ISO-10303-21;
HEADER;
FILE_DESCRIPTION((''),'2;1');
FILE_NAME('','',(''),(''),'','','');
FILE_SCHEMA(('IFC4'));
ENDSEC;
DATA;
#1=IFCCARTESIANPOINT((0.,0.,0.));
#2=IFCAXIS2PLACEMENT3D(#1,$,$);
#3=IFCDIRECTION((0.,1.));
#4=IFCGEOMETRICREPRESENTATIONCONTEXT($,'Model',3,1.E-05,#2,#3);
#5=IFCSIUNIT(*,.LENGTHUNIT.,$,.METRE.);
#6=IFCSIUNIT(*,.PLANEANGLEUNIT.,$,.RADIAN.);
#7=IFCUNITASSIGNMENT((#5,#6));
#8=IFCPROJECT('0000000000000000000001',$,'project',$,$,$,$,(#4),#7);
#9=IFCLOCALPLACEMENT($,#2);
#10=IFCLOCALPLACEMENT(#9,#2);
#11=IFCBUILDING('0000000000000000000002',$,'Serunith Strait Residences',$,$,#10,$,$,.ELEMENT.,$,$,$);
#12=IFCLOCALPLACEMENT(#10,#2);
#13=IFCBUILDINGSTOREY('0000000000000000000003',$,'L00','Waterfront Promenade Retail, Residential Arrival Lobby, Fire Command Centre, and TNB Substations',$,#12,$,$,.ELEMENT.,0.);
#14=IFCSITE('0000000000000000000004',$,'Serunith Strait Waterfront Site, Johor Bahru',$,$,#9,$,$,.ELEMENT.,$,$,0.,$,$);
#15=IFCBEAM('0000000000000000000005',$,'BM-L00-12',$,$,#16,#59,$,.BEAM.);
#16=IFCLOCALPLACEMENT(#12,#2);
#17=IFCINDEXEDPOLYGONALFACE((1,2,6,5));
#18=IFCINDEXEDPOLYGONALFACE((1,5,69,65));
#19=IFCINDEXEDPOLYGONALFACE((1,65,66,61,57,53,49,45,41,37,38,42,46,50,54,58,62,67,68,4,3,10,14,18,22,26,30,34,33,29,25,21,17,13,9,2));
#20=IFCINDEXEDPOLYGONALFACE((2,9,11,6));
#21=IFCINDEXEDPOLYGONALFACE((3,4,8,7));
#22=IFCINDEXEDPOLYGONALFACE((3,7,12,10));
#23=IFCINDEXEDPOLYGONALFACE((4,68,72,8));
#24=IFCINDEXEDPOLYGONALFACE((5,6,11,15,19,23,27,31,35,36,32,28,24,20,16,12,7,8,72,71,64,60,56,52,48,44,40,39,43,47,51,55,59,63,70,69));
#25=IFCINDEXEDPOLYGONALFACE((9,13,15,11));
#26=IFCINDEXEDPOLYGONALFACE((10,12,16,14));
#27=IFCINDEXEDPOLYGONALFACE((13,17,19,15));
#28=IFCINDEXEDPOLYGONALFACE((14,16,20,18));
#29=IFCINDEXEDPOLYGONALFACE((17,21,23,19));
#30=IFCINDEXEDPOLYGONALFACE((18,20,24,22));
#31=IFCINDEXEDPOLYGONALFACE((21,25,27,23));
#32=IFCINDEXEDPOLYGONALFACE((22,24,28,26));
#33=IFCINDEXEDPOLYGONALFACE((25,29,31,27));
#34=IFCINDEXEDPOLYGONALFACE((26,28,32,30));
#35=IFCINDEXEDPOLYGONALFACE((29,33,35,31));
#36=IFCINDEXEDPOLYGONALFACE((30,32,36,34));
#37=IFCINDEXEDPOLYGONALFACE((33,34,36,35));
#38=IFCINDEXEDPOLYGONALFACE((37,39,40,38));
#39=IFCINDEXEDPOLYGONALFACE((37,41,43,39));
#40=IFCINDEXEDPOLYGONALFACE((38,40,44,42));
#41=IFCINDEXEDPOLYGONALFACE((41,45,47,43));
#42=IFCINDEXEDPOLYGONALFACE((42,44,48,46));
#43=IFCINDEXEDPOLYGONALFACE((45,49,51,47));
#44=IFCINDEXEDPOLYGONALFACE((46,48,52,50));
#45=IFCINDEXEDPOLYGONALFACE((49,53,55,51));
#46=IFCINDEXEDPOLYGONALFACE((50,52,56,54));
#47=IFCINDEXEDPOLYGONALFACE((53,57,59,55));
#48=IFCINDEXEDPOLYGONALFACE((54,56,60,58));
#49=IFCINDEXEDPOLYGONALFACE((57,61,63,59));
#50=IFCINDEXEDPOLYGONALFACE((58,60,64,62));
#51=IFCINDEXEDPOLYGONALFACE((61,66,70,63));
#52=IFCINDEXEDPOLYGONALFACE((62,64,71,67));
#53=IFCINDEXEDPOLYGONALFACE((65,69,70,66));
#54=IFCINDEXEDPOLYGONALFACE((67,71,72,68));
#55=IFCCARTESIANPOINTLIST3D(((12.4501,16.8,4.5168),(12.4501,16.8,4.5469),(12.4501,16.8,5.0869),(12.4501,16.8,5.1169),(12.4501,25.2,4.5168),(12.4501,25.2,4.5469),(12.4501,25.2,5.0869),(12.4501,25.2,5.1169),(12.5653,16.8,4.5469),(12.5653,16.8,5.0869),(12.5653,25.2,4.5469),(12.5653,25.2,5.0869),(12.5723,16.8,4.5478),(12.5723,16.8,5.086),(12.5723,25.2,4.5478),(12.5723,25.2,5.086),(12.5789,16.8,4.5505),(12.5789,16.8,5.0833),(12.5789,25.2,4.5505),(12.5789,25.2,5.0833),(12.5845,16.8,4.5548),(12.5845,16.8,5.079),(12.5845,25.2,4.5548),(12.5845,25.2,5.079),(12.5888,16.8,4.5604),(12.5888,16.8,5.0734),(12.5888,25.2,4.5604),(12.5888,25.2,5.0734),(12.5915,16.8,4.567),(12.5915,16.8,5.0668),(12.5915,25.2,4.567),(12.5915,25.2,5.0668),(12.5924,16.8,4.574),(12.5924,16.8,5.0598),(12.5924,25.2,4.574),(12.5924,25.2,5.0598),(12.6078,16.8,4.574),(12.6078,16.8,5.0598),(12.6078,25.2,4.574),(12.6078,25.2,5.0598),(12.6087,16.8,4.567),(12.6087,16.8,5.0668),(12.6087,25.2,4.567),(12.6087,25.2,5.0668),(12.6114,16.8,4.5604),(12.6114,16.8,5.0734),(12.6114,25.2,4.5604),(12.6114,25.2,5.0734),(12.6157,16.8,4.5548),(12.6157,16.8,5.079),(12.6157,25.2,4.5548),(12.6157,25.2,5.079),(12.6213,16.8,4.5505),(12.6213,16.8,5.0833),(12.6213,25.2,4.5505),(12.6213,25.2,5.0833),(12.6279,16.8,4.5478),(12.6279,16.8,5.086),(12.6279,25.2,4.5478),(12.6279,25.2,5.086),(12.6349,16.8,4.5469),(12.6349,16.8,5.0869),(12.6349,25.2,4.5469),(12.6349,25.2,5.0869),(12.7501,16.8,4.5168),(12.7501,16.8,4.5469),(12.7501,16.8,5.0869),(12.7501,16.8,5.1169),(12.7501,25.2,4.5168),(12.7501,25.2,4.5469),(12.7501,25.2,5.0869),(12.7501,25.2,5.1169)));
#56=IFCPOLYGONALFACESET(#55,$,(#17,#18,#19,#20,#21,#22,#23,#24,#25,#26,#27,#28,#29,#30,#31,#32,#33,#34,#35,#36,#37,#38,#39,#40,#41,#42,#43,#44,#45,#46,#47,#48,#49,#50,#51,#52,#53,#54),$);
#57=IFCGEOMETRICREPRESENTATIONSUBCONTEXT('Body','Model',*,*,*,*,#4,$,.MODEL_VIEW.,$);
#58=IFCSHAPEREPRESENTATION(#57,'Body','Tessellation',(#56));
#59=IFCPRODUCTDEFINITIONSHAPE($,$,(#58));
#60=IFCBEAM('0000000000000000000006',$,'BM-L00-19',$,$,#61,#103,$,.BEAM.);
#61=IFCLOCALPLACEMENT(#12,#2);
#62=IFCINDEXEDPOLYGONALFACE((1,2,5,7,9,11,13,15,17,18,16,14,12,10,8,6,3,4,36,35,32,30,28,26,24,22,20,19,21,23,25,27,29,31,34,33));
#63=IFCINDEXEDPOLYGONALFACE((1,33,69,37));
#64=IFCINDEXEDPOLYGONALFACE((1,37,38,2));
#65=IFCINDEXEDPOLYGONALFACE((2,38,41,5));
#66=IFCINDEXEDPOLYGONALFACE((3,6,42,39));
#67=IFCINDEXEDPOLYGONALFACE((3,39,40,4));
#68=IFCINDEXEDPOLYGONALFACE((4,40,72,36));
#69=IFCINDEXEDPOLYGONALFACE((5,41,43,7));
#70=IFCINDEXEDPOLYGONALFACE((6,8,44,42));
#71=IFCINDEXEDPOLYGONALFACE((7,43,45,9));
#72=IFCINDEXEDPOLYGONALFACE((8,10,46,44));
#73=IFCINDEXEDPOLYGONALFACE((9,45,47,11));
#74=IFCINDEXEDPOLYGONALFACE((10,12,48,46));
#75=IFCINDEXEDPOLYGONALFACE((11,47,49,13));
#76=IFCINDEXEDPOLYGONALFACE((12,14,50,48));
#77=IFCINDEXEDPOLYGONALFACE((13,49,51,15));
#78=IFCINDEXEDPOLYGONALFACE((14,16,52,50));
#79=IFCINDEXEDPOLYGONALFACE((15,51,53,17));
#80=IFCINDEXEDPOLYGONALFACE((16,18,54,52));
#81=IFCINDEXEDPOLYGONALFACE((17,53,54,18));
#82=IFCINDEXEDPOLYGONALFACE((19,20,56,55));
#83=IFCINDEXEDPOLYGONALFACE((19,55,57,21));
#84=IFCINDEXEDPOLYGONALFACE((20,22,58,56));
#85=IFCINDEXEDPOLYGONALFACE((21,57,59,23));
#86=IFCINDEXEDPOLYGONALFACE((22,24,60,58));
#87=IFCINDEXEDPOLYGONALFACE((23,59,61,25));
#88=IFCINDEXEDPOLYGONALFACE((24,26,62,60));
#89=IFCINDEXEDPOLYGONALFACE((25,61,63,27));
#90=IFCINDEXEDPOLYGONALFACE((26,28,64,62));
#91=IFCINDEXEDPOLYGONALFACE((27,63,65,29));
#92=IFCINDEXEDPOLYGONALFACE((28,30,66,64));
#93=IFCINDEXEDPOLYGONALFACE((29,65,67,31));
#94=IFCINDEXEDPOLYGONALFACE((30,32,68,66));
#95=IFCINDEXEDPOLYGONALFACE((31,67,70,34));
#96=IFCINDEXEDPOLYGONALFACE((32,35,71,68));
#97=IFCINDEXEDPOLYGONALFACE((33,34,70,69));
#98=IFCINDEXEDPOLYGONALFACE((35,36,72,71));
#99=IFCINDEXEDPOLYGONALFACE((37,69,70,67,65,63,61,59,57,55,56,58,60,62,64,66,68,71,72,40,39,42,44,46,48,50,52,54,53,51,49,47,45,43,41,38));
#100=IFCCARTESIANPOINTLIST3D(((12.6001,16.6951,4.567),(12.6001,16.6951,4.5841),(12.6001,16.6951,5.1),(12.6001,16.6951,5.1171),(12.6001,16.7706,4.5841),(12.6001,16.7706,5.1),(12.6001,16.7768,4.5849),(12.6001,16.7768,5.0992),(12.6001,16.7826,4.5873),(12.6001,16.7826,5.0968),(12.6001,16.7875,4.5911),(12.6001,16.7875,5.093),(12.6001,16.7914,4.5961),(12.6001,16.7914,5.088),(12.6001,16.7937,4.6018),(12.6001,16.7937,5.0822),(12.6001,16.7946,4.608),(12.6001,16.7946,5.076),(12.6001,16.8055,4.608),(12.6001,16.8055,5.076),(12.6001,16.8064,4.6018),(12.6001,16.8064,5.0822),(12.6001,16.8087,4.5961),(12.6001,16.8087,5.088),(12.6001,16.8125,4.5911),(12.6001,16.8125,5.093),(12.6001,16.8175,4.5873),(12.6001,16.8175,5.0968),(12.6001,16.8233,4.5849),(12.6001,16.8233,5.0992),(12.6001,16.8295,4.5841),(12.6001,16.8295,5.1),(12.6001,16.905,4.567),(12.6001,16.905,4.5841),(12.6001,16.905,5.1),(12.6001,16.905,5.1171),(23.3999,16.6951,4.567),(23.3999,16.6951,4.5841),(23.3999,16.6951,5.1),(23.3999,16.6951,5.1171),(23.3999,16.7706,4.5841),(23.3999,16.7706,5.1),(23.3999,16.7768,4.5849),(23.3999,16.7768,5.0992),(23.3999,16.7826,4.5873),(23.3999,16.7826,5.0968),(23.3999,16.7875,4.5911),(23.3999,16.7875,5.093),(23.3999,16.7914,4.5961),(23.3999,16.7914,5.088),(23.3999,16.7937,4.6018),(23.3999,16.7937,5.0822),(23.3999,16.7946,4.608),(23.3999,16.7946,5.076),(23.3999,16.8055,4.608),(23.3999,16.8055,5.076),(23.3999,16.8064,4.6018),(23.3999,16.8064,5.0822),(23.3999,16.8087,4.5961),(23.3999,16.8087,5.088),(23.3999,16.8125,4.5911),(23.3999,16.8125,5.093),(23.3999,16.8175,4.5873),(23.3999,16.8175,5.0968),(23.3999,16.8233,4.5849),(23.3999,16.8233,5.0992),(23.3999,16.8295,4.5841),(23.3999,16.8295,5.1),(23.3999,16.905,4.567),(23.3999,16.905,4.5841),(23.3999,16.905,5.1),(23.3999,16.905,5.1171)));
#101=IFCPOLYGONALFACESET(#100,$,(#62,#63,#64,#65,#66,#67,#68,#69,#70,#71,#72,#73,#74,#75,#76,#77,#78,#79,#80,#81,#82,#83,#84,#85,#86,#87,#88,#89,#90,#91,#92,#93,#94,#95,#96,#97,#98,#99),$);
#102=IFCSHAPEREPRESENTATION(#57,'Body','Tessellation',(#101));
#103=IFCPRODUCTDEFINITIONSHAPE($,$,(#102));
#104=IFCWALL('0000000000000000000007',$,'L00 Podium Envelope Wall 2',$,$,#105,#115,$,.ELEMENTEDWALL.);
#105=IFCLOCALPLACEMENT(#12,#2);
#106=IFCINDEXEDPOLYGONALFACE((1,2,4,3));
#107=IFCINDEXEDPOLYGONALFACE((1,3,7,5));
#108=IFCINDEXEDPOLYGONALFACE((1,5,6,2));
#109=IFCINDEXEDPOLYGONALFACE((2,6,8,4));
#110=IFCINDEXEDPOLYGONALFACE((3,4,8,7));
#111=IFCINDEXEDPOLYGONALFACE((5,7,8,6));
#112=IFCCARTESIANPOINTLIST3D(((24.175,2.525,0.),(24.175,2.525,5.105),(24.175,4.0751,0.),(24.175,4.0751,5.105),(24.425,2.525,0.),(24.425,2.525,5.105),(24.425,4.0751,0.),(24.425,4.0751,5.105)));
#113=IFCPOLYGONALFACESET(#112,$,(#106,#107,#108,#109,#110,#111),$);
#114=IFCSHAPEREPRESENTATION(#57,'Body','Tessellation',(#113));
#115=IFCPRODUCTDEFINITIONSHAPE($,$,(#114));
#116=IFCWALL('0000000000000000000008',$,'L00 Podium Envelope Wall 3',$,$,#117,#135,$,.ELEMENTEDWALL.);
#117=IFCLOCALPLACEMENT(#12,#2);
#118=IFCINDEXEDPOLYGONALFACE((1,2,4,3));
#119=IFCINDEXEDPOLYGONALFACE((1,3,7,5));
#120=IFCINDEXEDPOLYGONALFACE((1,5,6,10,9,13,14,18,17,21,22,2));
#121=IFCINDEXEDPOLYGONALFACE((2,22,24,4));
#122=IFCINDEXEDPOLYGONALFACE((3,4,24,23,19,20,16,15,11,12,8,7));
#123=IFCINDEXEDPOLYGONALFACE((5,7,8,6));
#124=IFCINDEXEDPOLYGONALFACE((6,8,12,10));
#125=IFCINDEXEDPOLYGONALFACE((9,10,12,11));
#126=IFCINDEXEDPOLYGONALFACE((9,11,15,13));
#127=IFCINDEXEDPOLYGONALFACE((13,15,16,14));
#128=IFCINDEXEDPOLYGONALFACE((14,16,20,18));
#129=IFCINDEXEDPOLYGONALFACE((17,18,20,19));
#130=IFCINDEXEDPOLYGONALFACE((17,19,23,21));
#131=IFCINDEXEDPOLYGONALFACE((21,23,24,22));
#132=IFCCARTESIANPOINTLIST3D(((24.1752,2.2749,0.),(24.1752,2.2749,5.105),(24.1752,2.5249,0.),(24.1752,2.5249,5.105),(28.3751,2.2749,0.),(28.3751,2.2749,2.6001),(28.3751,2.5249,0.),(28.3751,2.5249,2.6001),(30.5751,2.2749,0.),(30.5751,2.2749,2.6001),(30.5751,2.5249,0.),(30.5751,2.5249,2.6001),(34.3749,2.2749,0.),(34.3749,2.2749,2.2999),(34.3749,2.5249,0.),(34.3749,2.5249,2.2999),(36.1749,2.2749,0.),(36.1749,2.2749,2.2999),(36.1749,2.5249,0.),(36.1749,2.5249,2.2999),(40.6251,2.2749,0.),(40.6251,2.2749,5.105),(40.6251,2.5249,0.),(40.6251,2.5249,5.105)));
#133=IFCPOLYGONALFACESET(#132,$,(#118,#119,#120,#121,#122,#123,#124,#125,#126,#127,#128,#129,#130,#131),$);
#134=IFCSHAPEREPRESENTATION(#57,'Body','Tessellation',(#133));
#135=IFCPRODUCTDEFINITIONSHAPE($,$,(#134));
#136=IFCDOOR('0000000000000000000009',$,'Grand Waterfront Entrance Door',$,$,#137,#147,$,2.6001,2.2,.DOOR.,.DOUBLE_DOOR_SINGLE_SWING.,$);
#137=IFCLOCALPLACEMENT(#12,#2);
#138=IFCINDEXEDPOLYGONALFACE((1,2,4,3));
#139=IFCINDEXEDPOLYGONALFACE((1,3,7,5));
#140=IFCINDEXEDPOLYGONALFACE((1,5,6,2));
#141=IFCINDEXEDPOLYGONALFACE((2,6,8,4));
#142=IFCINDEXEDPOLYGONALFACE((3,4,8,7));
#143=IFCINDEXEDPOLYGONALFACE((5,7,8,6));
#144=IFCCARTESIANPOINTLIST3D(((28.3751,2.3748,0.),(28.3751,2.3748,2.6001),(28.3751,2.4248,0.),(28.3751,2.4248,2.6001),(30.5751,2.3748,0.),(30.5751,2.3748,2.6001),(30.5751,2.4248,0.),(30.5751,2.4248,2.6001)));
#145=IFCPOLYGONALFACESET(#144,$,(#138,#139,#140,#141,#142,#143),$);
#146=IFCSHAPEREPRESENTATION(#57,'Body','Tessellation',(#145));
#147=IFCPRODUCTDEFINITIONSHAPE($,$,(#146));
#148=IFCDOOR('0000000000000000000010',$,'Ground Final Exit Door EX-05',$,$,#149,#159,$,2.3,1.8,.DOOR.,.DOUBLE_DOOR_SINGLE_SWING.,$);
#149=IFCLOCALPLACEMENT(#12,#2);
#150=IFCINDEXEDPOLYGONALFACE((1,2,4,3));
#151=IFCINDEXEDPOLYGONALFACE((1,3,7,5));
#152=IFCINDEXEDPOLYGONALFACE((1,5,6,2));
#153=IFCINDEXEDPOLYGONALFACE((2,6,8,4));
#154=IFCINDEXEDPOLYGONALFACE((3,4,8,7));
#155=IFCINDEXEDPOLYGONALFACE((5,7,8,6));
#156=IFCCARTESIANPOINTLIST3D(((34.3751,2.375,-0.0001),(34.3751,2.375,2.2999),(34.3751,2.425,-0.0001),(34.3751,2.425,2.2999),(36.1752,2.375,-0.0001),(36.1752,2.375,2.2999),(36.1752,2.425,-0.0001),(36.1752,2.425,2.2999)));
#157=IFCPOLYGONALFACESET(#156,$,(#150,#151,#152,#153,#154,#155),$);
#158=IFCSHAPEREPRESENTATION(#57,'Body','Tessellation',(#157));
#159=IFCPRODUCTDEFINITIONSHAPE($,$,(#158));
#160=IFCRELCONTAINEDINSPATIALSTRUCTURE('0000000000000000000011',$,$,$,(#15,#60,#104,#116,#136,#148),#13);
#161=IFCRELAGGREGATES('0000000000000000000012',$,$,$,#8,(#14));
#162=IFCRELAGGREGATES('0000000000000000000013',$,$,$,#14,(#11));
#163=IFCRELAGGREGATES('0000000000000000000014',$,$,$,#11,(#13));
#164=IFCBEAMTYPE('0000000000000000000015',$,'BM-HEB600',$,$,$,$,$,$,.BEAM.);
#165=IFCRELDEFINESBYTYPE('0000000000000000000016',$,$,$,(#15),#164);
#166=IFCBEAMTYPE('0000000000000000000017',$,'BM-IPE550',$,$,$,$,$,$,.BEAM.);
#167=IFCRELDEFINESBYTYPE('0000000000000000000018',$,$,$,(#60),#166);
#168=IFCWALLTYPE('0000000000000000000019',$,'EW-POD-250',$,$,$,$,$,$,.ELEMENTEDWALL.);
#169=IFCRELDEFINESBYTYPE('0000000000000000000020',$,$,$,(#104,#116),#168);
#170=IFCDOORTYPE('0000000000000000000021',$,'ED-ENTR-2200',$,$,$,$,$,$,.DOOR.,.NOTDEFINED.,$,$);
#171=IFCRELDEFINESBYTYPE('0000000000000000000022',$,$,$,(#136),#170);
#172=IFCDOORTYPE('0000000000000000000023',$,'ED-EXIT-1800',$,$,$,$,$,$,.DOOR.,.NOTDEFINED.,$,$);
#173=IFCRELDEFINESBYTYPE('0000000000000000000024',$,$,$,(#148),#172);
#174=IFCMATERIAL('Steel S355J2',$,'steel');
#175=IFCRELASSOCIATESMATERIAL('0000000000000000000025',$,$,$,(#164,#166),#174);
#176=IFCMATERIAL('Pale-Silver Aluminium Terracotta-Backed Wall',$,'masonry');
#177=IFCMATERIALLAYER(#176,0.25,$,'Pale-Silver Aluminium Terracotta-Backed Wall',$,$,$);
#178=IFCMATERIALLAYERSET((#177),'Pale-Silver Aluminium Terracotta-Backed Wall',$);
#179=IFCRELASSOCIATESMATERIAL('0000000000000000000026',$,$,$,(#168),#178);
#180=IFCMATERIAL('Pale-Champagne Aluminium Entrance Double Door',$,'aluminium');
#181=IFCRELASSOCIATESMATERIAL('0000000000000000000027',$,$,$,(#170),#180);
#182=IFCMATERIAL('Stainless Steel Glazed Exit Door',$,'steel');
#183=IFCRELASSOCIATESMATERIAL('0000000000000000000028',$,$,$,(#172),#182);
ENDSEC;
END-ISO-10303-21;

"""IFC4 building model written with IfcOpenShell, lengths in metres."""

from ifc_helpers import new_model, si_unit, direction, frame, frame_2d, origin, origin_2d, place, context, subcontext, project, spatial, rectangle, i_section, extrude, source, transform, mapped, material, layer, layer_set, material_profile, profile_set, type_object, element, fill, save


model = new_model("IFC4")

# Units and contexts
model_context = context("Model", 3, precision=1e-05, world=origin(), true_north=direction((0.0, 1.0)))
body_context = subcontext(model_context, "Body", "Model", "MODEL_VIEW")
ifc_project = project(units=[si_unit("LENGTHUNIT", "METRE"), si_unit("PLANEANGLEUNIT", "RADIAN")], contexts=[model_context])

# Site, building, storey
site_placement = place(None, origin())
site = spatial("IfcSite", under=ifc_project, at=site_placement, Name="Serunith Strait Waterfront Site, Johor Bahru", CompositionType="ELEMENT", RefElevation=0.0)
building_placement = place(site_placement, origin())
building = spatial("IfcBuilding", under=site, at=building_placement, Name="Serunith Strait Residences", CompositionType="ELEMENT")
storey_placement = place(building_placement, origin())
storey = spatial("IfcBuildingStorey", under=building, at=storey_placement, Name="L00", Description="Waterfront Promenade Retail, Residential Arrival Lobby, Fire Command Centre, and TNB Substations", CompositionType="ELEMENT", Elevation=0.0)

# Beams
ifc_material_1 = material(Name="Steel S355J2", Category="steel")
ifc_material_profile_1 = material_profile(ifc_material_1, i_section(OverallWidth=0.3, OverallDepth=0.6001, WebThickness=0.0154, FlangeThickness=0.03, FilletRadius=0.0271, at=origin_2d()), Name="HEB 600")
ifc_profile_set_1 = profile_set([ifc_material_profile_1], Name="Steel S355J2")
beam_type_1 = type_object("IfcBeamType", Name="BM-HEB600", PredefinedType="BEAM", material=ifc_profile_set_1)
shared_shape_1 = source(origin(), body_context, "Body", "SweptSolid", [
    extrude(i_section(OverallWidth=0.3, OverallDepth=0.6001, WebThickness=0.0154, FlangeThickness=0.03, FilletRadius=0.0271, at=origin_2d()), origin(), (0.0, 0.0, 1.0), 8.3999),
])
beam_1_placement = place(storey_placement, frame((12.6001, 16.8, 4.8169), z_axis=(0.0, 1.0, 0.0), x_axis=(-1.0, 0.0, 0.0)))
element("IfcBeam", 1, at=beam_1_placement, inside=storey, type_object=beam_type_1, Name="BM-L00-12", PredefinedType="BEAM", context=body_context, shape_type="MappedRepresentation", body=[
    mapped(shared_shape_1, transform((0.0, 0.0, 0.0), scale=1.0)),
])
ifc_material_profile_2 = material_profile(ifc_material_1, i_section(OverallWidth=0.21, OverallDepth=0.55, WebThickness=0.011, FlangeThickness=0.0171, FilletRadius=0.0239, at=origin_2d()), Name="IPE 550")
ifc_profile_set_2 = profile_set([ifc_material_profile_2], Name="Steel S355J2")
beam_type_2 = type_object("IfcBeamType", Name="BM-IPE550", PredefinedType="BEAM", material=ifc_profile_set_2)
shared_shape_2 = source(origin(), body_context, "Body", "SweptSolid", [
    extrude(i_section(OverallWidth=0.21, OverallDepth=0.55, WebThickness=0.011, FlangeThickness=0.0171, FilletRadius=0.0239, at=origin_2d()), origin(), (0.0, 0.0, 1.0), 10.7998),
])
beam_2_placement = place(storey_placement, frame((12.6001, 16.8, 4.842), z_axis=(1.0, 0.0, 0.0), x_axis=(0.0, 1.0, 0.0)))
element("IfcBeam", 2, at=beam_2_placement, inside=storey, type_object=beam_type_2, Name="BM-L00-19", PredefinedType="BEAM", context=body_context, shape_type="MappedRepresentation", body=[
    mapped(shared_shape_2, transform((0.0, 0.0, 0.0), scale=1.0)),
])

# Wall
ifc_material_2 = material(Name="Pale-Silver Aluminium Terracotta-Backed Wall", Category="masonry")
ifc_layer_1 = layer(ifc_material_2, 0.25, Name="Pale-Silver Aluminium Terracotta-Backed Wall")
ifc_layer_set_1 = layer_set([ifc_layer_1], Name="Pale-Silver Aluminium Terracotta-Backed Wall")
wall_type_1 = type_object("IfcWallType", Name="EW-POD-250", PredefinedType="ELEMENTEDWALL", material=ifc_layer_set_1)
wall_1_placement = place(storey_placement, frame((24.3, 4.075, 0.0), z_axis=(0.0, 0.0, 1.0), x_axis=(0.0, -1.0, 0.0)))
element("IfcWall", 3, at=wall_1_placement, inside=storey, type_object=wall_type_1, Name="L00 Podium Envelope Wall 2", PredefinedType="ELEMENTEDWALL", context=body_context, shape_type="SweptSolid", body=[
    extrude(rectangle(XDim=1.55, YDim=0.25, at=frame_2d((0.7749, 0.0))), origin(), (0.0, 0.0, 1.0), 5.105),
])

# Wall, openings, doors
wall_2_placement = place(storey_placement, frame((24.175, 2.3999, 0.0), z_axis=(0.0, 0.0, 1.0), x_axis=(1.0, 0.0, 0.0)))
wall_2 = element("IfcWall", 4, at=wall_2_placement, inside=storey, type_object=wall_type_1, Name="L00 Podium Envelope Wall 3", PredefinedType="ELEMENTEDWALL", context=body_context, shape_type="SweptSolid", body=[
    extrude(rectangle(XDim=16.45, YDim=0.25, at=frame_2d((8.2251, 0.0))), origin(), (0.0, 0.0, 1.0), 5.105),
])
opening_1_placement = place(wall_2_placement, frame((4.2, 0.0, 0.0)))
opening_1 = element("IfcOpeningElement", 5, at=opening_1_placement, cuts=wall_2, PredefinedType="OPENING", context=body_context, shape_type="SweptSolid", body=[
    extrude(rectangle(XDim=2.2, YDim=2.6001, at=frame_2d((1.1001, 1.3))), frame((0.0, 0.135, 0.0), z_axis=(0.0, -1.0, 0.0), x_axis=(1.0, 0.0, 0.0)), (0.0, 0.0, 1.0), 0.27),
])
opening_2_placement = place(wall_2_placement, frame((10.2, 0.0, 0.0)))
opening_2 = element("IfcOpeningElement", 6, at=opening_2_placement, cuts=wall_2, PredefinedType="OPENING", context=body_context, shape_type="SweptSolid", body=[
    extrude(rectangle(XDim=1.8, YDim=2.3, at=frame_2d((0.8999, 1.1499))), frame((0.0, 0.135, 0.0), z_axis=(0.0, -1.0, 0.0), x_axis=(1.0, 0.0, 0.0)), (0.0, 0.0, 1.0), 0.27),
])
ifc_material_3 = material(Name="Pale-Champagne Aluminium Entrance Double Door", Category="aluminium")
door_type_1 = type_object("IfcDoorType", Name="ED-ENTR-2200", OperationType="NOTDEFINED", PredefinedType="DOOR", material=ifc_material_3)
shared_shape_3 = source(origin(), body_context, "Body", "SweptSolid", [
    extrude(rectangle(XDim=2.2, YDim=2.6001, at=frame_2d((1.1001, 1.3))), frame((0.0, 0.0249, 0.0), z_axis=(0.0, -1.0, 0.0), x_axis=(1.0, 0.0, 0.0)), (0.0, 0.0, 1.0), 0.05),
])
door_1_placement = place(opening_1_placement, origin())
door_1 = element("IfcDoor", 7, at=door_1_placement, inside=storey, type_object=door_type_1, Name="Grand Waterfront Entrance Door", OperationType="DOUBLE_DOOR_SINGLE_SWING", OverallHeight=2.6001, OverallWidth=2.2, PredefinedType="DOOR", context=body_context, shape_type="MappedRepresentation", body=[
    mapped(shared_shape_3, transform((0.0, 0.0, 0.0), scale=1.0)),
])
fill(opening_1, door_1)
ifc_material_4 = material(Name="Stainless Steel Glazed Exit Door", Category="steel")
door_type_2 = type_object("IfcDoorType", Name="ED-EXIT-1800", OperationType="NOTDEFINED", PredefinedType="DOOR", material=ifc_material_4)
shared_shape_4 = source(origin(), body_context, "Body", "SweptSolid", [
    extrude(rectangle(XDim=1.8, YDim=2.3, at=frame_2d((0.8999, 1.1499))), frame((0.0, 0.0249, 0.0), z_axis=(0.0, -1.0, 0.0), x_axis=(1.0, 0.0, 0.0)), (0.0, 0.0, 1.0), 0.05),
])
door_2_placement = place(opening_2_placement, frame((1.8, 0.0, 0.0), z_axis=(0.0, 0.0, 1.0), x_axis=(-1.0, 0.0, 0.0)))
door_2 = element("IfcDoor", 8, at=door_2_placement, inside=storey, type_object=door_type_2, Name="Ground Final Exit Door EX-05", OperationType="DOUBLE_DOOR_SINGLE_SWING", OverallHeight=2.3, OverallWidth=1.8, PredefinedType="DOOR", context=body_context, shape_type="MappedRepresentation", body=[
    mapped(shared_shape_4, transform((0.0, 0.0, 0.0), scale=1.0)),
])
fill(opening_2, door_2)

save(model, "model.ifc")
